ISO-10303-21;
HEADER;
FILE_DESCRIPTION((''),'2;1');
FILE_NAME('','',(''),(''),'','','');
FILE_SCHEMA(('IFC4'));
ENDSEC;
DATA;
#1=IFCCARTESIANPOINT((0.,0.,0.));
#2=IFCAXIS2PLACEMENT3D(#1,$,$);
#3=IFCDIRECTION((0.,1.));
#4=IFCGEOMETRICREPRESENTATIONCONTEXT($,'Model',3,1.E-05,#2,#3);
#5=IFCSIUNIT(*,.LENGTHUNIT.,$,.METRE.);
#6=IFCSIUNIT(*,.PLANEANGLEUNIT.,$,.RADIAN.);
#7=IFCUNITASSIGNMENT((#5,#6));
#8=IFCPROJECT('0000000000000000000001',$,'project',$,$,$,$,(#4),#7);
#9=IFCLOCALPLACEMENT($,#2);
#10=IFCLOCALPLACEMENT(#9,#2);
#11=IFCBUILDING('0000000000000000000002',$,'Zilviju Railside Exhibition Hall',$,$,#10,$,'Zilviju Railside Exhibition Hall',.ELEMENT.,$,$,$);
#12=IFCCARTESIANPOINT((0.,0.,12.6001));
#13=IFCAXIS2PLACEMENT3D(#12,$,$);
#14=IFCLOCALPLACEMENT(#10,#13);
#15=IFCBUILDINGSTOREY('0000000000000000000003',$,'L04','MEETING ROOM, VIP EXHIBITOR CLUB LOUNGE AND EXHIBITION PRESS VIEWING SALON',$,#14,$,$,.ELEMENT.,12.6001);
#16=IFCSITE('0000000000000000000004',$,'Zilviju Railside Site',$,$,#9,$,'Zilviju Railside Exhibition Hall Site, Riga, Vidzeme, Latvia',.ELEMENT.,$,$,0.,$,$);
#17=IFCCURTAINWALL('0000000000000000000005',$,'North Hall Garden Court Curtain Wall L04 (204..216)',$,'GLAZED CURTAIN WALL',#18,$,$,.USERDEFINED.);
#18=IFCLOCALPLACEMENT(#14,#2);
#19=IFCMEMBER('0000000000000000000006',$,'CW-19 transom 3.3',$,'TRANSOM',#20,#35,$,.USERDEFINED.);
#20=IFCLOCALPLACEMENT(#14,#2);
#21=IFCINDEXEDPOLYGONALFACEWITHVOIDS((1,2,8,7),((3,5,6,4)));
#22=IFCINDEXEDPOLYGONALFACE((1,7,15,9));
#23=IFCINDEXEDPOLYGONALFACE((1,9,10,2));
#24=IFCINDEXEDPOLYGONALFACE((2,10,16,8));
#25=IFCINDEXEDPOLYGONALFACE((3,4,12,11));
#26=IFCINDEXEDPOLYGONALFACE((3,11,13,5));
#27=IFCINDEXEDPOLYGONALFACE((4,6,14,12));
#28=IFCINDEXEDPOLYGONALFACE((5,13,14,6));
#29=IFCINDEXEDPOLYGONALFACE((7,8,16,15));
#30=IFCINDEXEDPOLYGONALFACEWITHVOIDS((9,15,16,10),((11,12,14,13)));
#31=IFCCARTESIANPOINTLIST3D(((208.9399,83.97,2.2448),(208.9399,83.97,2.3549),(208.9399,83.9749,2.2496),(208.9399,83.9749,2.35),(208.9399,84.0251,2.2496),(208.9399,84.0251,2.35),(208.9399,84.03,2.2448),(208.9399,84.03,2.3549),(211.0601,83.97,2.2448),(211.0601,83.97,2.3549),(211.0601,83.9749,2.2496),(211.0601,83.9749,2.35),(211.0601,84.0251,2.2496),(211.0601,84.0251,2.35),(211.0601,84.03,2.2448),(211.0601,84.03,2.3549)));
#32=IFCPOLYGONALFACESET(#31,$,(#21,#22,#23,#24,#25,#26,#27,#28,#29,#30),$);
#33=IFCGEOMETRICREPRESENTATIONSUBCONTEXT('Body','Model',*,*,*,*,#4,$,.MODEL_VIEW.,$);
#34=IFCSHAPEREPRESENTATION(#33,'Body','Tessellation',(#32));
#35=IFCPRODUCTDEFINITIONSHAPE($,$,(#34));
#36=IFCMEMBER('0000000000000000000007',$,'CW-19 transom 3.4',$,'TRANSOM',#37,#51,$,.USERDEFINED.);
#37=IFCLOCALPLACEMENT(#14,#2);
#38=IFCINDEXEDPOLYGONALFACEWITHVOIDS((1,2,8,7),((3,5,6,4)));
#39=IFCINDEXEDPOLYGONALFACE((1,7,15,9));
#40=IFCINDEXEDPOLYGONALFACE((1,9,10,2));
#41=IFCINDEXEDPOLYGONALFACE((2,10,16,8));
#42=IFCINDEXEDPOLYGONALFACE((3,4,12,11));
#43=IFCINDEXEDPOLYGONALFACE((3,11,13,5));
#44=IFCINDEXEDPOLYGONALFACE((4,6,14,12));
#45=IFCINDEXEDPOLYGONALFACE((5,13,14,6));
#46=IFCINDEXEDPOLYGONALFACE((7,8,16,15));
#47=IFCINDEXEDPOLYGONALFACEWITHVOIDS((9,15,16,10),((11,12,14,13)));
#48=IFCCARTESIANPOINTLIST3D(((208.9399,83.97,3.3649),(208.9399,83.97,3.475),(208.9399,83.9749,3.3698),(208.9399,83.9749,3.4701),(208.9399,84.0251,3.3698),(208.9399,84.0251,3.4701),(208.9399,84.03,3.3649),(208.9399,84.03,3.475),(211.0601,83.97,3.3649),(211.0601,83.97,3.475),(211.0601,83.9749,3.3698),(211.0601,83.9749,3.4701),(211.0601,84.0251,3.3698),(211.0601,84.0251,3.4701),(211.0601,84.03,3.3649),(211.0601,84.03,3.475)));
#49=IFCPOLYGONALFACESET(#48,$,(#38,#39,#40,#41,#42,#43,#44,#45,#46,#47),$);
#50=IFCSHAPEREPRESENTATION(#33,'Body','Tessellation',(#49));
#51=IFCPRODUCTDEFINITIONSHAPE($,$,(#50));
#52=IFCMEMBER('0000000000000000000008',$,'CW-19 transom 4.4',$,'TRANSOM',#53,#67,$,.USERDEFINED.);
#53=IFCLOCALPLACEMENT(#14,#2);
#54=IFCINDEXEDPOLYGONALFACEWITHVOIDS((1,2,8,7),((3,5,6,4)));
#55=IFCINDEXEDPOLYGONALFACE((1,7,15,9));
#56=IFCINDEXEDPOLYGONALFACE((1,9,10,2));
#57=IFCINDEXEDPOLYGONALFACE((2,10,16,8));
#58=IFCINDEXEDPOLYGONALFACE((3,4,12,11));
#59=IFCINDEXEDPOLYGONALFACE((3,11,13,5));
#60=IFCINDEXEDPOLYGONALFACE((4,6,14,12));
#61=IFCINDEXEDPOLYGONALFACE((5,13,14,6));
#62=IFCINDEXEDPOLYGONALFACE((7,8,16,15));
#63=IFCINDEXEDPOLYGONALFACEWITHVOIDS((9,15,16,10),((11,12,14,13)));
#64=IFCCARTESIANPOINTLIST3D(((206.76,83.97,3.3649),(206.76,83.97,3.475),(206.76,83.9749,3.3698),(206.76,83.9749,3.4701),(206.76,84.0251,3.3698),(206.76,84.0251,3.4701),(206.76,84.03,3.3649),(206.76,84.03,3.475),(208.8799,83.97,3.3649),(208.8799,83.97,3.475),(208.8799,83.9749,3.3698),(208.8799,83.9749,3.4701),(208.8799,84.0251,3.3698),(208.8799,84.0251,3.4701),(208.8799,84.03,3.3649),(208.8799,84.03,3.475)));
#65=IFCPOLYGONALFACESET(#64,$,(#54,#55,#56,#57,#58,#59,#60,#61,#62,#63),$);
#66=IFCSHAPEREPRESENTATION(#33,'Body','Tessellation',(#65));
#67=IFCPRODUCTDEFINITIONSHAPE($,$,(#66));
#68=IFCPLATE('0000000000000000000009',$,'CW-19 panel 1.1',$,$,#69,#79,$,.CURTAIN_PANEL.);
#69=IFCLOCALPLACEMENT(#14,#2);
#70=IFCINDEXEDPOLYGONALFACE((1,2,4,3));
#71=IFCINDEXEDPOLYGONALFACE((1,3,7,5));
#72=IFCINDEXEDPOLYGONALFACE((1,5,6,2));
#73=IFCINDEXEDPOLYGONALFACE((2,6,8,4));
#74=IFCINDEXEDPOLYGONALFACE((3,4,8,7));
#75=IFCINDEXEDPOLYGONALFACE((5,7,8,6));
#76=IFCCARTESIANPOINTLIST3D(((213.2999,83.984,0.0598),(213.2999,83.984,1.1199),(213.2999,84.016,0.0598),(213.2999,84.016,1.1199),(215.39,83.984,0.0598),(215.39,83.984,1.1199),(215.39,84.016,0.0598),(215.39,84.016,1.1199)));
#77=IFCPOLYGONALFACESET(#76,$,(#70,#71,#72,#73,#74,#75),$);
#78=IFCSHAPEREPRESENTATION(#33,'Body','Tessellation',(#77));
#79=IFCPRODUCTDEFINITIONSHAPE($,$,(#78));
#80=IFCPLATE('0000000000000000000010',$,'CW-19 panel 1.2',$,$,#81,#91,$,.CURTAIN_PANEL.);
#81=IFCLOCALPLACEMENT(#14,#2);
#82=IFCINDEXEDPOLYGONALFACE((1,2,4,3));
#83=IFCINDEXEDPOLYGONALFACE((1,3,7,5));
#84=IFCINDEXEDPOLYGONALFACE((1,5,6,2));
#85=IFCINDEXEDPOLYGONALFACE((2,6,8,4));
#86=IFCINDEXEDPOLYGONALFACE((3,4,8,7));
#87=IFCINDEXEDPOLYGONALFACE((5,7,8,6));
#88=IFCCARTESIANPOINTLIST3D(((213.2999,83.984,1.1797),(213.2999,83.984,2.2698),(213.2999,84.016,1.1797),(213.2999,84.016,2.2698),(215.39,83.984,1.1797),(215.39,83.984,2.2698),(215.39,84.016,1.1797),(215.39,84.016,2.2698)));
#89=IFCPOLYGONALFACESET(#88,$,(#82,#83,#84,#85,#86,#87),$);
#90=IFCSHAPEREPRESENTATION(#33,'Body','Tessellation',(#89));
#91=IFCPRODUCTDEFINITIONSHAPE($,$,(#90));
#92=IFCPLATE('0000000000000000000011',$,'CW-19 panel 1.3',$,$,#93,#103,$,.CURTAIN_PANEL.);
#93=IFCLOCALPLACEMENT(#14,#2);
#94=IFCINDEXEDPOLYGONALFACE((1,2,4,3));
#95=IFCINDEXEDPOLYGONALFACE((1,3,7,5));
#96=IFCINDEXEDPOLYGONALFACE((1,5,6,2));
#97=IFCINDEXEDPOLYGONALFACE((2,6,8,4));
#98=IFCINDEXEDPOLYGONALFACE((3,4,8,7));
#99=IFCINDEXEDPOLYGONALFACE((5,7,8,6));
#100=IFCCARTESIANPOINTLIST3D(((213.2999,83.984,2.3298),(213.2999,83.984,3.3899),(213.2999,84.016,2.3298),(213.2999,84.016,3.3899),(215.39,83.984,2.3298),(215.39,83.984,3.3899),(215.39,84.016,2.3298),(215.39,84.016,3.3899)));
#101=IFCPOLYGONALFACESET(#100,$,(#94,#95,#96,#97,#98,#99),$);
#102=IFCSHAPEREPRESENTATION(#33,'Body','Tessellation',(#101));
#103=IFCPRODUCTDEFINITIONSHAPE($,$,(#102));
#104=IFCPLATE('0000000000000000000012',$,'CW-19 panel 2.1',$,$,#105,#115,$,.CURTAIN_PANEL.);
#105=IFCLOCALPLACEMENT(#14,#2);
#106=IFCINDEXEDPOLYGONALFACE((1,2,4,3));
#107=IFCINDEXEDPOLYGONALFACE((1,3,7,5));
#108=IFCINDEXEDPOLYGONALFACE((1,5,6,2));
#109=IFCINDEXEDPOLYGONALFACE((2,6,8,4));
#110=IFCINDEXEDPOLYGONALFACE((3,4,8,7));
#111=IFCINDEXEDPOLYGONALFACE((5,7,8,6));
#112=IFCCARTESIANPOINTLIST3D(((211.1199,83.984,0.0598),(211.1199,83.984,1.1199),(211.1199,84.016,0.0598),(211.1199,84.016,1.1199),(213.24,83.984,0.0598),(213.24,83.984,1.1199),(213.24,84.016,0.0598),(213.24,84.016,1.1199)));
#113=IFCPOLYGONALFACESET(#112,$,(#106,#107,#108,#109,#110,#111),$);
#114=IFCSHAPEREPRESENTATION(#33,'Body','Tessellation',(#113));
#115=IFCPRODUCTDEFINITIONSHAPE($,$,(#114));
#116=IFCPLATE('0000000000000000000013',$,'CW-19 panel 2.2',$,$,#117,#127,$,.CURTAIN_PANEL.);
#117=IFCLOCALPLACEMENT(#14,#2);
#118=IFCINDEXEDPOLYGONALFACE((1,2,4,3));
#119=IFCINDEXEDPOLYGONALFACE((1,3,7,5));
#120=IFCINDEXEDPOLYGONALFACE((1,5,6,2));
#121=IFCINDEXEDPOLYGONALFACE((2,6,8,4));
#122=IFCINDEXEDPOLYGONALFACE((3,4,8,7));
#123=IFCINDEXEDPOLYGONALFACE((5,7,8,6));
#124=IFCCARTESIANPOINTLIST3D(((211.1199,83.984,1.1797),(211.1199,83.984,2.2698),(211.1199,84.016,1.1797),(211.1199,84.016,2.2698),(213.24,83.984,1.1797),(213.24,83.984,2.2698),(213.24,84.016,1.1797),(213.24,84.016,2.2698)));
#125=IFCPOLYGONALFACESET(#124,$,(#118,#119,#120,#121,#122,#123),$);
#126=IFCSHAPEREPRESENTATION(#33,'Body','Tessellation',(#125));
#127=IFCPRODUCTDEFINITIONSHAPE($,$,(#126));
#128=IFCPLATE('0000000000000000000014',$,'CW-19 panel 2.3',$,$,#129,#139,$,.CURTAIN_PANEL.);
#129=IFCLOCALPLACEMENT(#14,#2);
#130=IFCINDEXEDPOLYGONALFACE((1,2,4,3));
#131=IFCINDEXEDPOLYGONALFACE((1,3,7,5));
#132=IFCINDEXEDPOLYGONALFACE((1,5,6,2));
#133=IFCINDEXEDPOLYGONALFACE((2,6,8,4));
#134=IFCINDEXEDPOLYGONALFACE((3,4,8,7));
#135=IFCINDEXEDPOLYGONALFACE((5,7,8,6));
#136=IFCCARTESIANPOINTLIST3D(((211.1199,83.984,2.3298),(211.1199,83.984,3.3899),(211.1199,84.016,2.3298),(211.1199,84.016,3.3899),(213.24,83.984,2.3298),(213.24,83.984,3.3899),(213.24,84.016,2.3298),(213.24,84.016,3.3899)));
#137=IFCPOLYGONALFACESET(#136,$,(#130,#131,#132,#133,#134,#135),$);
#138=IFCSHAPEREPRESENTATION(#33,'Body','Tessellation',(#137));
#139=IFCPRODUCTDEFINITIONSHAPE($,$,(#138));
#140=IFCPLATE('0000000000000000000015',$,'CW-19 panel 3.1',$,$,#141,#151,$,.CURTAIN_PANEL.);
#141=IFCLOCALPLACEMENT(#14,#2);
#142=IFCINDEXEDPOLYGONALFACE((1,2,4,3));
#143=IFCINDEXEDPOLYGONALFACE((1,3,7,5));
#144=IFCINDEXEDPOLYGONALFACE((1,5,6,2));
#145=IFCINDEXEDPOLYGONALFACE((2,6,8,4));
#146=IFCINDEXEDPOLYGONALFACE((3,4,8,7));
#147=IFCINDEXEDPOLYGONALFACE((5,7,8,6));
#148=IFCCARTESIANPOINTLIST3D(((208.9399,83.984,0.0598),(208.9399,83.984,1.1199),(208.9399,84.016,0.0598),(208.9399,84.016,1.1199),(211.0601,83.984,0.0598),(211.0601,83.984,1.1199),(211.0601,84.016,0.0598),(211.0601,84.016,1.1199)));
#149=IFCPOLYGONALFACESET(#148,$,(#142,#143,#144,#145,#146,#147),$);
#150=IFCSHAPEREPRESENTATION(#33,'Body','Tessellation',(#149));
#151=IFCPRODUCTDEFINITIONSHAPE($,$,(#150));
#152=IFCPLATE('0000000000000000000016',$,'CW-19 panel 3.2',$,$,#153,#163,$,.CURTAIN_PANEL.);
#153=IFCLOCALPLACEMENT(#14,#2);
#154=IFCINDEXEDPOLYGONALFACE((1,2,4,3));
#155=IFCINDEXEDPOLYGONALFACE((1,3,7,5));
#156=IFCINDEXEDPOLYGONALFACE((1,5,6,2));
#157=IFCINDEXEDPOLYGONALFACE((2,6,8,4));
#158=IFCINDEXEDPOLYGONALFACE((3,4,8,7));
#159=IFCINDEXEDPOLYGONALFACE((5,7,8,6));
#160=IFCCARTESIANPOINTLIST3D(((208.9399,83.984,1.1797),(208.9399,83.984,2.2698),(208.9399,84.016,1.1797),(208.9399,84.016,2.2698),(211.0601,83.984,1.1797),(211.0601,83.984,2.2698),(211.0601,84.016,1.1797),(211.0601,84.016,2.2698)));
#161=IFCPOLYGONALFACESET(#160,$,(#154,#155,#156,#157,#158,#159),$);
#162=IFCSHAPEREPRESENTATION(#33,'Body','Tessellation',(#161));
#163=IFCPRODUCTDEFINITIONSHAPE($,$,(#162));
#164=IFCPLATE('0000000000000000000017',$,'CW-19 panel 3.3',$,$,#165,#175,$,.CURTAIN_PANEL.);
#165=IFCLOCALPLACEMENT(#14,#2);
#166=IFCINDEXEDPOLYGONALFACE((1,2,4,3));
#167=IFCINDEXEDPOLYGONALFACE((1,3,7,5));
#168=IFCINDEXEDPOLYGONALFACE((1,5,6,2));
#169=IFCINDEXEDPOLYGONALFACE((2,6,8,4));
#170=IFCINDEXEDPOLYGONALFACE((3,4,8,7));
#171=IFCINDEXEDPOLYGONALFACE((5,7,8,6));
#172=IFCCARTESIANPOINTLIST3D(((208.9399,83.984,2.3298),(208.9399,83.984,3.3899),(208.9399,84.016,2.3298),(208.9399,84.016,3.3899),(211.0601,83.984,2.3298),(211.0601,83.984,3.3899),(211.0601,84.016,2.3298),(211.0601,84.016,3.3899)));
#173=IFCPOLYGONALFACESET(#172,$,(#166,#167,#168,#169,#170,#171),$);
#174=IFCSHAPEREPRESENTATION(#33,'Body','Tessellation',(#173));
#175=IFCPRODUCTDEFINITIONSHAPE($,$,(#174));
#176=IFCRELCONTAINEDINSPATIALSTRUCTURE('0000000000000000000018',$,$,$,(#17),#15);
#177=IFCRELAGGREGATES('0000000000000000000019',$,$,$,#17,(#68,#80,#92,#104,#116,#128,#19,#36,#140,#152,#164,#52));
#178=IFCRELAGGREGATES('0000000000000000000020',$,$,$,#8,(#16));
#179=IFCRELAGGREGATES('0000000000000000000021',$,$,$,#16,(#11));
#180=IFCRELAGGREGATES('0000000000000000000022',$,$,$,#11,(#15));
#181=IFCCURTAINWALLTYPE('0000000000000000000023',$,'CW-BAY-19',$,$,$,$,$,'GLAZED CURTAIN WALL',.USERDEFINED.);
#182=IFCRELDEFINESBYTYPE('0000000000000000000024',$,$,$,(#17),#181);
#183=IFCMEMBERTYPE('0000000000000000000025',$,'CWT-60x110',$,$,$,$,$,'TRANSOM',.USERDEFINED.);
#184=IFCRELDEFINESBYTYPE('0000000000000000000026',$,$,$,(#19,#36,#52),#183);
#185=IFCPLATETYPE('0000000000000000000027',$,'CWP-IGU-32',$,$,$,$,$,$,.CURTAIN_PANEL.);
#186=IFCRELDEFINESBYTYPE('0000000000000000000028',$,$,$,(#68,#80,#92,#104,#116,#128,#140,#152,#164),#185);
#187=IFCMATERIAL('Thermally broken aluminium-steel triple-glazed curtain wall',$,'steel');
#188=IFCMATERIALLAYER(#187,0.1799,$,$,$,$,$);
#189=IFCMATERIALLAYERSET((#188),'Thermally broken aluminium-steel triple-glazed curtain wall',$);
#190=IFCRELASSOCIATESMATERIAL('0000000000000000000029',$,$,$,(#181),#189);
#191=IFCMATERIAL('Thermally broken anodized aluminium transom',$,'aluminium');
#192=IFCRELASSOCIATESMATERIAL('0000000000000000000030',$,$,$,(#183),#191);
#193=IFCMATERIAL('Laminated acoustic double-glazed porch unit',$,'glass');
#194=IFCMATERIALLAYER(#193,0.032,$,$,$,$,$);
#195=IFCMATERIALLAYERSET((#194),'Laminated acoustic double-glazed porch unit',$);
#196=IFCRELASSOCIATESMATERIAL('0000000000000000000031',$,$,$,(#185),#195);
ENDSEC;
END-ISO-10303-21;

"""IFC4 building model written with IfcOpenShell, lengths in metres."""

from ifc_helpers import new_model, si_unit, direction, frame, origin, origin_2d, place, context, subcontext, project, spatial, rectangle, hollow_rectangle, extrude, material, layer, layer_set, material_profile, profile_set, type_object, element, aggregate, save


model = new_model("IFC4")

# Units and contexts
model_context = context("Model", 3, precision=1e-05, world=origin(), true_north=direction((0.0, 1.0)))
body_context = subcontext(model_context, "Body", "Model", "MODEL_VIEW")
ifc_project = project(units=[si_unit("LENGTHUNIT", "METRE"), si_unit("PLANEANGLEUNIT", "RADIAN")], contexts=[model_context])

# Site, building, storey
site_placement = place(None, origin())
site = spatial("IfcSite", under=ifc_project, at=site_placement, Name="Zilviju Railside Site", LongName="Zilviju Railside Exhibition Hall Site, Riga, Vidzeme, Latvia", CompositionType="ELEMENT", RefElevation=0.0)
building_placement = place(site_placement, origin())
building = spatial("IfcBuilding", under=site, at=building_placement, Name="Zilviju Railside Exhibition Hall", LongName="Zilviju Railside Exhibition Hall", CompositionType="ELEMENT")
storey_placement = place(building_placement, frame((0.0, 0.0, 12.6001)))
storey = spatial("IfcBuildingStorey", under=building, at=storey_placement, Name="L04", Description="MEETING ROOM, VIP EXHIBITOR CLUB LOUNGE AND EXHIBITION PRESS VIEWING SALON", CompositionType="ELEMENT", Elevation=12.6001)

# Curtain wall, members, plates
ifc_material_1 = material(Name="Thermally broken aluminium-steel triple-glazed curtain wall", Category="steel")
ifc_layer_1 = layer(ifc_material_1, 0.1799)
ifc_layer_set_1 = layer_set([ifc_layer_1], Name="Thermally broken aluminium-steel triple-glazed curtain wall")
curtain_wall_type = type_object("IfcCurtainWallType", Name="CW-BAY-19", ElementType="GLAZED CURTAIN WALL", PredefinedType="USERDEFINED", material=ifc_layer_set_1)
curtain_wall_placement = place(storey_placement, origin())
curtain_wall = element("IfcCurtainWall", 1, at=curtain_wall_placement, inside=storey, type_object=curtain_wall_type, Name="North Hall Garden Court Curtain Wall L04 (204..216)", ObjectType="GLAZED CURTAIN WALL", PredefinedType="USERDEFINED")
ifc_material_2 = material(Name="Thermally broken anodized aluminium transom", Category="aluminium")
ifc_material_profile_1 = material_profile(ifc_material_2, hollow_rectangle(XDim=0.0601, YDim=0.1101, WallThickness=0.0049, at=origin_2d()), Name="TRANSOM 110x60x5")
ifc_profile_set_1 = profile_set([ifc_material_profile_1], Name="Thermally broken anodized aluminium transom")
member_type_1 = type_object("IfcMemberType", Name="CWT-60x110", ElementType="TRANSOM", PredefinedType="USERDEFINED", material=ifc_profile_set_1)
member_1_placement = place(storey_placement, frame((211.0601, 84.0, 2.2998), z_axis=(-1.0, 0.0, 0.0), x_axis=(0.0, -1.0, 0.0)))
member_1 = element("IfcMember", 2, at=member_1_placement, type_object=member_type_1, Name="CW-19 transom 3.3", ObjectType="TRANSOM", PredefinedType="USERDEFINED", context=body_context, shape_type="SweptSolid", body=[
    extrude(hollow_rectangle(XDim=0.0601, YDim=0.1101, WallThickness=0.0049, at=origin_2d()), origin(), (0.0, 0.0, 1.0), 2.1201),
])
member_2_placement = place(storey_placement, frame((211.0601, 84.0, 3.4199), z_axis=(-1.0, 0.0, 0.0), x_axis=(0.0, -1.0, 0.0)))
member_2 = element("IfcMember", 3, at=member_2_placement, type_object=member_type_1, Name="CW-19 transom 3.4", ObjectType="TRANSOM", PredefinedType="USERDEFINED", context=body_context, shape_type="SweptSolid", body=[
    extrude(hollow_rectangle(XDim=0.0601, YDim=0.1101, WallThickness=0.0049, at=origin_2d()), origin(), (0.0, 0.0, 1.0), 2.1201),
])
member_3_placement = place(storey_placement, frame((208.8799, 84.0, 3.4199), z_axis=(-1.0, 0.0, 0.0), x_axis=(0.0, -1.0, 0.0)))
member_3 = element("IfcMember", 4, at=member_3_placement, type_object=member_type_1, Name="CW-19 transom 4.4", ObjectType="TRANSOM", PredefinedType="USERDEFINED", context=body_context, shape_type="SweptSolid", body=[
    extrude(hollow_rectangle(XDim=0.0601, YDim=0.1101, WallThickness=0.0049, at=origin_2d()), origin(), (0.0, 0.0, 1.0), 2.1199),
])
ifc_material_3 = material(Name="Laminated acoustic double-glazed porch unit", Category="glass")
ifc_layer_2 = layer(ifc_material_3, 0.032)
ifc_layer_set_2 = layer_set([ifc_layer_2], Name="Laminated acoustic double-glazed porch unit")
plate_type = type_object("IfcPlateType", Name="CWP-IGU-32", PredefinedType="CURTAIN_PANEL", material=ifc_layer_set_2)
plate_1_placement = place(storey_placement, frame((214.345, 84.0, 0.0598), z_axis=(0.0, 0.0, 1.0), x_axis=(-1.0, 0.0, 0.0)))
plate_1 = element("IfcPlate", 5, at=plate_1_placement, type_object=plate_type, Name="CW-19 panel 1.1", PredefinedType="CURTAIN_PANEL", context=body_context, shape_type="SweptSolid", body=[
    extrude(rectangle(XDim=2.0901, YDim=0.032, at=origin_2d()), origin(), (0.0, 0.0, 1.0), 1.0601),
])
plate_2_placement = place(storey_placement, frame((214.345, 84.0, 1.1797), z_axis=(0.0, 0.0, 1.0), x_axis=(-1.0, 0.0, 0.0)))
plate_2 = element("IfcPlate", 6, at=plate_2_placement, type_object=plate_type, Name="CW-19 panel 1.2", PredefinedType="CURTAIN_PANEL", context=body_context, shape_type="SweptSolid", body=[
    extrude(rectangle(XDim=2.0901, YDim=0.032, at=origin_2d()), origin(), (0.0, 0.0, 1.0), 1.0901),
])
plate_3_placement = place(storey_placement, frame((214.345, 84.0, 2.3298), z_axis=(0.0, 0.0, 1.0), x_axis=(-1.0, 0.0, 0.0)))
plate_3 = element("IfcPlate", 7, at=plate_3_placement, type_object=plate_type, Name="CW-19 panel 1.3", PredefinedType="CURTAIN_PANEL", context=body_context, shape_type="SweptSolid", body=[
    extrude(rectangle(XDim=2.0901, YDim=0.032, at=origin_2d()), origin(), (0.0, 0.0, 1.0), 1.0601),
])
plate_4_placement = place(storey_placement, frame((212.1799, 84.0, 0.0598), z_axis=(0.0, 0.0, 1.0), x_axis=(-1.0, 0.0, 0.0)))
plate_4 = element("IfcPlate", 8, at=plate_4_placement, type_object=plate_type, Name="CW-19 panel 2.1", PredefinedType="CURTAIN_PANEL", context=body_context, shape_type="SweptSolid", body=[
    extrude(rectangle(XDim=2.1201, YDim=0.032, at=origin_2d()), origin(), (0.0, 0.0, 1.0), 1.0601),
])
plate_5_placement = place(storey_placement, frame((212.1799, 84.0, 1.1797), z_axis=(0.0, 0.0, 1.0), x_axis=(-1.0, 0.0, 0.0)))
plate_5 = element("IfcPlate", 9, at=plate_5_placement, type_object=plate_type, Name="CW-19 panel 2.2", PredefinedType="CURTAIN_PANEL", context=body_context, shape_type="SweptSolid", body=[
    extrude(rectangle(XDim=2.1201, YDim=0.032, at=origin_2d()), origin(), (0.0, 0.0, 1.0), 1.0901),
])
plate_6_placement = place(storey_placement, frame((212.1799, 84.0, 2.3298), z_axis=(0.0, 0.0, 1.0), x_axis=(-1.0, 0.0, 0.0)))
plate_6 = element("IfcPlate", 10, at=plate_6_placement, type_object=plate_type, Name="CW-19 panel 2.3", PredefinedType="CURTAIN_PANEL", context=body_context, shape_type="SweptSolid", body=[
    extrude(rectangle(XDim=2.1201, YDim=0.032, at=origin_2d()), origin(), (0.0, 0.0, 1.0), 1.0601),
])
plate_7_placement = place(storey_placement, frame((210.0, 84.0, 0.0598), z_axis=(0.0, 0.0, 1.0), x_axis=(-1.0, 0.0, 0.0)))
plate_7 = element("IfcPlate", 11, at=plate_7_placement, type_object=plate_type, Name="CW-19 panel 3.1", PredefinedType="CURTAIN_PANEL", context=body_context, shape_type="SweptSolid", body=[
    extrude(rectangle(XDim=2.1201, YDim=0.032, at=origin_2d()), origin(), (0.0, 0.0, 1.0), 1.0601),
])
plate_8_placement = place(storey_placement, frame((210.0, 84.0, 1.1797), z_axis=(0.0, 0.0, 1.0), x_axis=(-1.0, 0.0, 0.0)))
plate_8 = element("IfcPlate", 12, at=plate_8_placement, type_object=plate_type, Name="CW-19 panel 3.2", PredefinedType="CURTAIN_PANEL", context=body_context, shape_type="SweptSolid", body=[
    extrude(rectangle(XDim=2.1201, YDim=0.032, at=origin_2d()), origin(), (0.0, 0.0, 1.0), 1.0901),
])
plate_9_placement = place(storey_placement, frame((210.0, 84.0, 2.3298), z_axis=(0.0, 0.0, 1.0), x_axis=(-1.0, 0.0, 0.0)))
plate_9 = element("IfcPlate", 13, at=plate_9_placement, type_object=plate_type, Name="CW-19 panel 3.3", PredefinedType="CURTAIN_PANEL", context=body_context, shape_type="SweptSolid", body=[
    extrude(rectangle(XDim=2.1201, YDim=0.032, at=origin_2d()), origin(), (0.0, 0.0, 1.0), 1.0601),
])
aggregate(curtain_wall, [plate_1, plate_2, plate_3, plate_4, plate_5, plate_6, member_1, member_2, plate_7, plate_8, plate_9, member_3])

save(model, "model.ifc")
